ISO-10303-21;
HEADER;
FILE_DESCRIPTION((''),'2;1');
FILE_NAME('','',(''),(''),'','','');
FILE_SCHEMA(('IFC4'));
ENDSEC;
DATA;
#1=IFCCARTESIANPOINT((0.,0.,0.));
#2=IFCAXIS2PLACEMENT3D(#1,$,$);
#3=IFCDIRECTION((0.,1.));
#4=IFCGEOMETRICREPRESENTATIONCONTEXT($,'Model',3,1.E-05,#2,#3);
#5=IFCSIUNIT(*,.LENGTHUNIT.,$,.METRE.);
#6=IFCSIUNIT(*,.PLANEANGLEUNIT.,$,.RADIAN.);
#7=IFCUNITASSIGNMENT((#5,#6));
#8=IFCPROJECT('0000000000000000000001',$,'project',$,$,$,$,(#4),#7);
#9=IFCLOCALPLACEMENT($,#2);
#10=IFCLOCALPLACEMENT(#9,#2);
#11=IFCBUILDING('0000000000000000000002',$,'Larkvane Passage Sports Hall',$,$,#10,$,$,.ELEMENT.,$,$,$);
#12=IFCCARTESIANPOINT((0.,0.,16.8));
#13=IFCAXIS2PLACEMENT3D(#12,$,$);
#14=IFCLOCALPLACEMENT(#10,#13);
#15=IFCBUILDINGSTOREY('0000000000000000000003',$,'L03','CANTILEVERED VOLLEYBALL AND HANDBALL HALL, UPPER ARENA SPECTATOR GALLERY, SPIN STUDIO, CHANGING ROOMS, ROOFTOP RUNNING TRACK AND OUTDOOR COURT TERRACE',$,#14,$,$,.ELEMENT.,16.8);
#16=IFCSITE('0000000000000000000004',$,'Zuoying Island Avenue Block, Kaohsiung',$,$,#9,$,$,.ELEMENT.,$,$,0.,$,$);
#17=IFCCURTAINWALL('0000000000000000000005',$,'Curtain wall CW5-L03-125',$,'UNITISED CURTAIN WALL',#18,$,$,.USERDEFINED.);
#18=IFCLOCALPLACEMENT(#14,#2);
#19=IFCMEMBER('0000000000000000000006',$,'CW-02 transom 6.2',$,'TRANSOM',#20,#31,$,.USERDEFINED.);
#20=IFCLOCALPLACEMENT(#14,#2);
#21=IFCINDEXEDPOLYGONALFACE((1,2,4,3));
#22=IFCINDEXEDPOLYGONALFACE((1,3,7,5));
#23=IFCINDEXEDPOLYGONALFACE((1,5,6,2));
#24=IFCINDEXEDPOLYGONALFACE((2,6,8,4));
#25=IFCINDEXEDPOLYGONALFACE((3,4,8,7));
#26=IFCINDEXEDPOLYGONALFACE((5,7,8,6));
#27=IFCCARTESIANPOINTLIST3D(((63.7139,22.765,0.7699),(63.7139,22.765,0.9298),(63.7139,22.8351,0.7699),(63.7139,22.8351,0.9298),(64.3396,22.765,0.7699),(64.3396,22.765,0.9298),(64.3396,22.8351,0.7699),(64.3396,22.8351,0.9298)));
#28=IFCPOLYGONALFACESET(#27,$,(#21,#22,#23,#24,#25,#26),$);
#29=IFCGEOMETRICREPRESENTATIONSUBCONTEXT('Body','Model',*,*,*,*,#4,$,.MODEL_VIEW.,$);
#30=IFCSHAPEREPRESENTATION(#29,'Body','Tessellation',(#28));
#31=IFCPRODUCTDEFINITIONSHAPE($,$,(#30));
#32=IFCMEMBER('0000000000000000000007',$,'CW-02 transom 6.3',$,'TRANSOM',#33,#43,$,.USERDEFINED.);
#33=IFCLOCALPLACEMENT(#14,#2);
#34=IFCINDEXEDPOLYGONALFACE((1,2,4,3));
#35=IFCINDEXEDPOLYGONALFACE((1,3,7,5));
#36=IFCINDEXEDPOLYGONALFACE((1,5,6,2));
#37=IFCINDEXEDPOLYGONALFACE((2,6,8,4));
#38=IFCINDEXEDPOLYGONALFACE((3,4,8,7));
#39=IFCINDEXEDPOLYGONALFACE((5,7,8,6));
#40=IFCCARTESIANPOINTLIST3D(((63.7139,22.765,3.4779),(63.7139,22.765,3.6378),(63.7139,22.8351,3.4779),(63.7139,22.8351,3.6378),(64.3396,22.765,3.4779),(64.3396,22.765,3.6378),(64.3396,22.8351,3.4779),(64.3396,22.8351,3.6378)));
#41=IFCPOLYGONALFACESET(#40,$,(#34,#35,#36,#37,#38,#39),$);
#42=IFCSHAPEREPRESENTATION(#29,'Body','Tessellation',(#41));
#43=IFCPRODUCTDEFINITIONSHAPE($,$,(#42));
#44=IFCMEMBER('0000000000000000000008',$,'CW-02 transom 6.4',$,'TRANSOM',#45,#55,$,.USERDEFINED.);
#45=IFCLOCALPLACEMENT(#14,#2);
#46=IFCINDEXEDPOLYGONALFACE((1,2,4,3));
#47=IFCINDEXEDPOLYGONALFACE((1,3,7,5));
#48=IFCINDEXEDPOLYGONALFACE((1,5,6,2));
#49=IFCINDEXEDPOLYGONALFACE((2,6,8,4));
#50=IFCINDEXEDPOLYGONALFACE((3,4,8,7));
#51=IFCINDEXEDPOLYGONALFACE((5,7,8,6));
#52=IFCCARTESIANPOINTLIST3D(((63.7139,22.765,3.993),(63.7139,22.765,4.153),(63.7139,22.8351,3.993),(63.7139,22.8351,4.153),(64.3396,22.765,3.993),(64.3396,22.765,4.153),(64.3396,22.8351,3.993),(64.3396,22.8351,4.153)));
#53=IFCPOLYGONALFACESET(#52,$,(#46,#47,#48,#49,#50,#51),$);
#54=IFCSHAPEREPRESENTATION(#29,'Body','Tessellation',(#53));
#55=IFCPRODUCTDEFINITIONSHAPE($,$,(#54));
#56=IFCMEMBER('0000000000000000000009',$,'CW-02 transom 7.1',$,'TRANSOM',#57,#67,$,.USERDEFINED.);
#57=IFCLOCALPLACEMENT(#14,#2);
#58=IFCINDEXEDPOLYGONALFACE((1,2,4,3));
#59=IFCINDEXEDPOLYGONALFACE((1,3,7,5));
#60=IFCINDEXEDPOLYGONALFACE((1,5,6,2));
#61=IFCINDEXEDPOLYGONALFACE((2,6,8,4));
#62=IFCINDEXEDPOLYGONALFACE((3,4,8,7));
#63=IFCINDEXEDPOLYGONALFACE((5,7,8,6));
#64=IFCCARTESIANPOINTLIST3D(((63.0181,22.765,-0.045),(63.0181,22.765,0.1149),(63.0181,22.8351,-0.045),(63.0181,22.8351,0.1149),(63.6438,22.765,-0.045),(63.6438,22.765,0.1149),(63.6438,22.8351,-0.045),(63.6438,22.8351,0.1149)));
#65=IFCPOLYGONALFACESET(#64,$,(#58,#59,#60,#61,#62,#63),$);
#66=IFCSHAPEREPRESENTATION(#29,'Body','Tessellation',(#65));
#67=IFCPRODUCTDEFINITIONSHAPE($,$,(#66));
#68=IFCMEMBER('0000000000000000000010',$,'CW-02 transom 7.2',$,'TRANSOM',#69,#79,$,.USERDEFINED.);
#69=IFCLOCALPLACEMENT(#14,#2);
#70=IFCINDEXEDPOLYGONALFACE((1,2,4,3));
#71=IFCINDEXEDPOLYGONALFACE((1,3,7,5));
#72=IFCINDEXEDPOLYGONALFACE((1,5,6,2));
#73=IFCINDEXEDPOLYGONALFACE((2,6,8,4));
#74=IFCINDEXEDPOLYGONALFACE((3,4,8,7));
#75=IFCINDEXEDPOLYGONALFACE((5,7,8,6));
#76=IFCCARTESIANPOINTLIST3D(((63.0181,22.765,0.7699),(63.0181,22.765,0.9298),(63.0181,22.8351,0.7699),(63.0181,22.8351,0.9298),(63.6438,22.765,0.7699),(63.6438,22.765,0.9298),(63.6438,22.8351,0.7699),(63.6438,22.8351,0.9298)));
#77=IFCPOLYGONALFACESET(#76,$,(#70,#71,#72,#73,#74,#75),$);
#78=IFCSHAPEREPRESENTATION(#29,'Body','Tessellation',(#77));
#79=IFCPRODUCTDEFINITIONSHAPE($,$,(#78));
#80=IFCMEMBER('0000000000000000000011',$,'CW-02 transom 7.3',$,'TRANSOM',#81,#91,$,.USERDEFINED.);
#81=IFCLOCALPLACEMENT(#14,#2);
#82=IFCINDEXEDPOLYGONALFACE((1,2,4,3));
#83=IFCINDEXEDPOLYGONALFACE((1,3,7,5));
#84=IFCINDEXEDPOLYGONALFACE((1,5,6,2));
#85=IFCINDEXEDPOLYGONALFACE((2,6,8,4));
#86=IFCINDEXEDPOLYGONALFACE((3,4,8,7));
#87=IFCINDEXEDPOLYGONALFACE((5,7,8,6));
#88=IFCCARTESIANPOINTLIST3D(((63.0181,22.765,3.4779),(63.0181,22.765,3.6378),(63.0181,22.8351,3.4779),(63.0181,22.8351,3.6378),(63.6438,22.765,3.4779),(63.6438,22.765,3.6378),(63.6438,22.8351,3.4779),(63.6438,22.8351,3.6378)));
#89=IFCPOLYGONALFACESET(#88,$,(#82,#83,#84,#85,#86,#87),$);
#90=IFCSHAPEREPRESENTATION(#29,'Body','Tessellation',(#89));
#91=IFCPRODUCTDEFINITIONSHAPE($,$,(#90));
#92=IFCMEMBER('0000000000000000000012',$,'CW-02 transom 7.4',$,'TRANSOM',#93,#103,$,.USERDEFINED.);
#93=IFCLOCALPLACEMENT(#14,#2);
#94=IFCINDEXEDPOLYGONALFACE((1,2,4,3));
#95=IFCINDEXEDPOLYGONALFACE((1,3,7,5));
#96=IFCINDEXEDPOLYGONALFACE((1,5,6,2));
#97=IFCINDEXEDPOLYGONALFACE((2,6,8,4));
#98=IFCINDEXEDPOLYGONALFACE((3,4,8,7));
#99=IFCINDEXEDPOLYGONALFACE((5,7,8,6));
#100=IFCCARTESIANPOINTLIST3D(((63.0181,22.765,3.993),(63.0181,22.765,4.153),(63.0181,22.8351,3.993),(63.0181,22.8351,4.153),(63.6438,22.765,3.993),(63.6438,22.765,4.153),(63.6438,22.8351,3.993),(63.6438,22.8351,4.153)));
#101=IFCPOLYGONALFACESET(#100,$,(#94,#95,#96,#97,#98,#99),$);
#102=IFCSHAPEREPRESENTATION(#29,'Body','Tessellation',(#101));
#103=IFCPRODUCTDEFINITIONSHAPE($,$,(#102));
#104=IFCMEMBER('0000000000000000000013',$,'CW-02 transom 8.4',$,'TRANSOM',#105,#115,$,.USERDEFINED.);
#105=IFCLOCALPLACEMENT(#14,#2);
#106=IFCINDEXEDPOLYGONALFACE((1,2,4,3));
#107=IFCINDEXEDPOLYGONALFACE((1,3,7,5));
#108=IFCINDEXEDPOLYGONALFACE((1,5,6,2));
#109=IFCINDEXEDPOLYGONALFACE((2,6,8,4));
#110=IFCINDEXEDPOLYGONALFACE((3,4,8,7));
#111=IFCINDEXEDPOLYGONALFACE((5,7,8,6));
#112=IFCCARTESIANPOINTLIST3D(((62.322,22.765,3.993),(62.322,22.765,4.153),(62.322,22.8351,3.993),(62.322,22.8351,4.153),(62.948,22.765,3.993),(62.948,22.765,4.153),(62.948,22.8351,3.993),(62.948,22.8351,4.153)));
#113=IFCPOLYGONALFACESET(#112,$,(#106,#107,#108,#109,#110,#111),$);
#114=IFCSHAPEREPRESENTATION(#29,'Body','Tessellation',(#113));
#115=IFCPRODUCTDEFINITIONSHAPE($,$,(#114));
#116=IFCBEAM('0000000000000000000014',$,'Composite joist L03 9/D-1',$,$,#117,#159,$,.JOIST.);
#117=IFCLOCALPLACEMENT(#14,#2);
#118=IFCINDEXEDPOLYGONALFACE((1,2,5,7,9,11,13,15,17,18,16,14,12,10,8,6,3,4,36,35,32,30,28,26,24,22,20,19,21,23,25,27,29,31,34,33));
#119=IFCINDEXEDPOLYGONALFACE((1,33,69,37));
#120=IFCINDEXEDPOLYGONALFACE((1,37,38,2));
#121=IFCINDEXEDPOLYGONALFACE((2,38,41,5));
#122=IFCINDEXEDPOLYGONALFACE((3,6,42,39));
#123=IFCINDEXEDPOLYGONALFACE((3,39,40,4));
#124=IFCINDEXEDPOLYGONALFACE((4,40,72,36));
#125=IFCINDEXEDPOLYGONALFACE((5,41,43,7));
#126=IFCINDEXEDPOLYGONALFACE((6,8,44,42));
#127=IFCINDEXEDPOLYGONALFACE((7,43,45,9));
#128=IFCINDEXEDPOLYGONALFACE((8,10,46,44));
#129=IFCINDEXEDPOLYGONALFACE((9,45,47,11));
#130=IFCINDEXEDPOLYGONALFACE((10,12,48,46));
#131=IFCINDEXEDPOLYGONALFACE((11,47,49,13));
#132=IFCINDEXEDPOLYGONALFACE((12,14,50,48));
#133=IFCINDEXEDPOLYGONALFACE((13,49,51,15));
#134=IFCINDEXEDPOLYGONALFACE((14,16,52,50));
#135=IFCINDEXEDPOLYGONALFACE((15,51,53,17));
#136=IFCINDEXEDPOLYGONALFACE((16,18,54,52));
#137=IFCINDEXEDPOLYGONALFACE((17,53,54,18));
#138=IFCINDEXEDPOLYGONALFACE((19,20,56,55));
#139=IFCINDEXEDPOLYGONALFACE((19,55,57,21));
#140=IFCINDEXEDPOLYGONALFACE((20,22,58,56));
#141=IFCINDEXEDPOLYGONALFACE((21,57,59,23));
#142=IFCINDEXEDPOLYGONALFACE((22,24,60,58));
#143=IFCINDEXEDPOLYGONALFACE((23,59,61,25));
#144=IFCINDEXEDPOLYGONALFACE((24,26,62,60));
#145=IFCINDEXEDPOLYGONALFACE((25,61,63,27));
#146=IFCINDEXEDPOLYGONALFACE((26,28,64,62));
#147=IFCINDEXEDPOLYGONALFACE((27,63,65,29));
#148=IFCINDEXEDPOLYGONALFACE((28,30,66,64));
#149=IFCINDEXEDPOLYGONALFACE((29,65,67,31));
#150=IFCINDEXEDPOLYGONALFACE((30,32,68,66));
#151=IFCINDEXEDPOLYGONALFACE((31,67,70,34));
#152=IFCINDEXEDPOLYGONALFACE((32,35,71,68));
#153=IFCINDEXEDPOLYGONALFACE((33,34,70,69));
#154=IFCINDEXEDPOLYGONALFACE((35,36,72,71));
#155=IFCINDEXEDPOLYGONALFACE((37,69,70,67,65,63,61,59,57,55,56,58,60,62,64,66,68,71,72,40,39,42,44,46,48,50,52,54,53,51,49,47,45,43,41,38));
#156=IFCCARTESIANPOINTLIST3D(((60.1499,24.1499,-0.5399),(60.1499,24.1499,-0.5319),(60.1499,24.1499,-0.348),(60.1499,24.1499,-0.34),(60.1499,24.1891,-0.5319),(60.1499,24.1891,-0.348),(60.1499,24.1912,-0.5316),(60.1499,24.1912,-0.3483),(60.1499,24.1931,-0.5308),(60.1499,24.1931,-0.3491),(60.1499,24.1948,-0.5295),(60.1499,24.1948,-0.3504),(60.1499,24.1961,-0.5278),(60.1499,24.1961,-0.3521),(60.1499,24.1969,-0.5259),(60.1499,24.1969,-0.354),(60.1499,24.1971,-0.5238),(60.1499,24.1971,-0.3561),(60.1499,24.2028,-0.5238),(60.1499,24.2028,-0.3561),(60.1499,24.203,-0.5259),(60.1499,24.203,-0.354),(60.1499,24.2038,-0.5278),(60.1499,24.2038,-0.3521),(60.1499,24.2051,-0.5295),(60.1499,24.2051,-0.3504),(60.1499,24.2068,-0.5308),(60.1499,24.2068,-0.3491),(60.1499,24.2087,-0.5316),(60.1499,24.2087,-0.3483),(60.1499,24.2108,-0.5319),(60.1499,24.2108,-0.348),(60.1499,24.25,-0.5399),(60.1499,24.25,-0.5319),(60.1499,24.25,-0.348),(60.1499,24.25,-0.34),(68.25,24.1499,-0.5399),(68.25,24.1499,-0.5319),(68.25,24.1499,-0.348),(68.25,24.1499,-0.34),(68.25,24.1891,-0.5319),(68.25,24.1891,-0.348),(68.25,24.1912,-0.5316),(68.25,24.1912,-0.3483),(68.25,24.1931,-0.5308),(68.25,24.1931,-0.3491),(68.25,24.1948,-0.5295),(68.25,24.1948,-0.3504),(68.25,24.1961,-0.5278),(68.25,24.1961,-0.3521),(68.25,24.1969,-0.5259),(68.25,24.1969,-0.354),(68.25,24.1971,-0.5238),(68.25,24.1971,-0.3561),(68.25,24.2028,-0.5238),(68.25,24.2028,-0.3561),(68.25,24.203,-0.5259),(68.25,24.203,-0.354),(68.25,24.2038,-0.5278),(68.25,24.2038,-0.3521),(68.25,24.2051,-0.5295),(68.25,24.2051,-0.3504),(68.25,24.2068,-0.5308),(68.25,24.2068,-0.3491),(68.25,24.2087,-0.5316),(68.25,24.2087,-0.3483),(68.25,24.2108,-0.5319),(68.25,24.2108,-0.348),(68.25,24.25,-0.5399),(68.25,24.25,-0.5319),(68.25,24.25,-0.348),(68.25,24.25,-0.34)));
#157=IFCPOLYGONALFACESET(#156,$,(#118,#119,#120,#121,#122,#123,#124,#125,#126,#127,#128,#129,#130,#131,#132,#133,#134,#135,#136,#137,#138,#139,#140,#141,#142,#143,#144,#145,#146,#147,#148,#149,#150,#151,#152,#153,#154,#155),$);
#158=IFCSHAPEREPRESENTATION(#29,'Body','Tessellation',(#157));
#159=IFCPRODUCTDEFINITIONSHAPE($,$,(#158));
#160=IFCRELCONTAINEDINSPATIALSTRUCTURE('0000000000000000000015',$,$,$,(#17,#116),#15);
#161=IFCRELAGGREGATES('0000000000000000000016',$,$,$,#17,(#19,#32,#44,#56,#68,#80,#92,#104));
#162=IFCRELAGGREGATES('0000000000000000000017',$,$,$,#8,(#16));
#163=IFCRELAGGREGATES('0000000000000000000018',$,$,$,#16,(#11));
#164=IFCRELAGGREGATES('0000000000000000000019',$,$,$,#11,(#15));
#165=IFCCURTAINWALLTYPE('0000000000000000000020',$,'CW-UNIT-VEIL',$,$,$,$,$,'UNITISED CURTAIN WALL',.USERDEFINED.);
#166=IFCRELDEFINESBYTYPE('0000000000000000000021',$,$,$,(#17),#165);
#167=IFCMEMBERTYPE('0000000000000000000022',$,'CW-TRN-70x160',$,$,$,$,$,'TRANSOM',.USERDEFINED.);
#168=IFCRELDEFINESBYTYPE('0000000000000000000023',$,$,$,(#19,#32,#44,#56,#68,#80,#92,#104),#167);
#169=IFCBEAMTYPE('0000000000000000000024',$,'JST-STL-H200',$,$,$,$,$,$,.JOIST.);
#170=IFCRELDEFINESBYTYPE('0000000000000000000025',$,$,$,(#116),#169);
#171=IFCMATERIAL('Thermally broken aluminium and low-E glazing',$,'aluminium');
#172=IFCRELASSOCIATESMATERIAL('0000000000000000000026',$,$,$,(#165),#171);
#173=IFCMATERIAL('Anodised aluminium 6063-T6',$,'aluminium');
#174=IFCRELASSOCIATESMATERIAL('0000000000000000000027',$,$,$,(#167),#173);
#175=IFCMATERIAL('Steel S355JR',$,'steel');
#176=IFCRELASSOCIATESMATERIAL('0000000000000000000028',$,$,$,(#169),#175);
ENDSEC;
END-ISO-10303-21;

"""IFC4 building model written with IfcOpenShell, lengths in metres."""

from ifc_helpers import new_model, si_unit, direction, frame, origin, origin_2d, place, context, subcontext, project, spatial, rectangle, i_section, extrude, material, material_profile, profile_set, type_object, element, aggregate, save


model = new_model("IFC4")

# Units and contexts
model_context = context("Model", 3, precision=1e-05, world=origin(), true_north=direction((0.0, 1.0)))
body_context = subcontext(model_context, "Body", "Model", "MODEL_VIEW")
ifc_project = project(units=[si_unit("LENGTHUNIT", "METRE"), si_unit("PLANEANGLEUNIT", "RADIAN")], contexts=[model_context])

# Site, building, storey
site_placement = place(None, origin())
site = spatial("IfcSite", under=ifc_project, at=site_placement, Name="Zuoying Island Avenue Block, Kaohsiung", CompositionType="ELEMENT", RefElevation=0.0)
building_placement = place(site_placement, origin())
building = spatial("IfcBuilding", under=site, at=building_placement, Name="Larkvane Passage Sports Hall", CompositionType="ELEMENT")
storey_placement = place(building_placement, frame((0.0, 0.0, 16.8)))
storey = spatial("IfcBuildingStorey", under=building, at=storey_placement, Name="L03", Description="CANTILEVERED VOLLEYBALL AND HANDBALL HALL, UPPER ARENA SPECTATOR GALLERY, SPIN STUDIO, CHANGING ROOMS, ROOFTOP RUNNING TRACK AND OUTDOOR COURT TERRACE", CompositionType="ELEMENT", Elevation=16.8)

# Curtain wall, members
ifc_material_1 = material(Name="Thermally broken aluminium and low-E glazing", Category="aluminium")
curtain_wall_type = type_object("IfcCurtainWallType", Name="CW-UNIT-VEIL", ElementType="UNITISED CURTAIN WALL", PredefinedType="USERDEFINED", material=ifc_material_1)
curtain_wall_placement = place(storey_placement, origin())
curtain_wall = element("IfcCurtainWall", 1, at=curtain_wall_placement, inside=storey, type_object=curtain_wall_type, Name="Curtain wall CW5-L03-125", ObjectType="UNITISED CURTAIN WALL", PredefinedType="USERDEFINED")
ifc_material_2 = material(Name="Anodised aluminium 6063-T6", Category="aluminium")
ifc_material_profile_1 = material_profile(ifc_material_2, rectangle(XDim=0.0701, YDim=0.1599, at=origin_2d()), Name="ALU-TRN-70x160")
ifc_profile_set_1 = profile_set([ifc_material_profile_1], Name="Anodised aluminium 6063-T6")
member_type_1 = type_object("IfcMemberType", Name="CW-TRN-70x160", ElementType="TRANSOM", PredefinedType="USERDEFINED", material=ifc_profile_set_1)
member_1_placement = place(storey_placement, frame((64.3396, 22.8, 0.8499), z_axis=(-1.0, 0.0, 0.0), x_axis=(0.0, -1.0, 0.0)))
member_1 = element("IfcMember", 2, at=member_1_placement, type_object=member_type_1, Name="CW-02 transom 6.2", ObjectType="TRANSOM", PredefinedType="USERDEFINED", context=body_context, shape_type="SweptSolid", body=[
    extrude(rectangle(XDim=0.0701, YDim=0.1599, at=origin_2d()), origin(), (0.0, 0.0, 1.0), 0.6257),
])
member_2_placement = place(storey_placement, frame((64.3396, 22.8, 3.5579), z_axis=(-1.0, 0.0, 0.0), x_axis=(0.0, -1.0, 0.0)))
member_2 = element("IfcMember", 3, at=member_2_placement, type_object=member_type_1, Name="CW-02 transom 6.3", ObjectType="TRANSOM", PredefinedType="USERDEFINED", context=body_context, shape_type="SweptSolid", body=[
    extrude(rectangle(XDim=0.0701, YDim=0.1599, at=origin_2d()), origin(), (0.0, 0.0, 1.0), 0.6257),
])
member_3_placement = place(storey_placement, frame((64.3396, 22.8, 4.073), z_axis=(-1.0, 0.0, 0.0), x_axis=(0.0, -1.0, 0.0)))
member_3 = element("IfcMember", 4, at=member_3_placement, type_object=member_type_1, Name="CW-02 transom 6.4", ObjectType="TRANSOM", PredefinedType="USERDEFINED", context=body_context, shape_type="SweptSolid", body=[
    extrude(rectangle(XDim=0.0701, YDim=0.1599, at=origin_2d()), origin(), (0.0, 0.0, 1.0), 0.6257),
])
member_4_placement = place(storey_placement, frame((63.6438, 22.8, 0.0349), z_axis=(-1.0, 0.0, 0.0), x_axis=(0.0, -1.0, 0.0)))
member_4 = element("IfcMember", 5, at=member_4_placement, type_object=member_type_1, Name="CW-02 transom 7.1", ObjectType="TRANSOM", PredefinedType="USERDEFINED", context=body_context, shape_type="SweptSolid", body=[
    extrude(rectangle(XDim=0.0701, YDim=0.1599, at=origin_2d()), origin(), (0.0, 0.0, 1.0), 0.6257),
])
member_5_placement = place(storey_placement, frame((63.6438, 22.8, 0.8499), z_axis=(-1.0, 0.0, 0.0), x_axis=(0.0, -1.0, 0.0)))
member_5 = element("IfcMember", 6, at=member_5_placement, type_object=member_type_1, Name="CW-02 transom 7.2", ObjectType="TRANSOM", PredefinedType="USERDEFINED", context=body_context, shape_type="SweptSolid", body=[
    extrude(rectangle(XDim=0.0701, YDim=0.1599, at=origin_2d()), origin(), (0.0, 0.0, 1.0), 0.6257),
])
member_6_placement = place(storey_placement, frame((63.6438, 22.8, 3.5579), z_axis=(-1.0, 0.0, 0.0), x_axis=(0.0, -1.0, 0.0)))
member_6 = element("IfcMember", 7, at=member_6_placement, type_object=member_type_1, Name="CW-02 transom 7.3", ObjectType="TRANSOM", PredefinedType="USERDEFINED", context=body_context, shape_type="SweptSolid", body=[
    extrude(rectangle(XDim=0.0701, YDim=0.1599, at=origin_2d()), origin(), (0.0, 0.0, 1.0), 0.6257),
])
member_7_placement = place(storey_placement, frame((63.6438, 22.8, 4.073), z_axis=(-1.0, 0.0, 0.0), x_axis=(0.0, -1.0, 0.0)))
member_7 = element("IfcMember", 8, at=member_7_placement, type_object=member_type_1, Name="CW-02 transom 7.4", ObjectType="TRANSOM", PredefinedType="USERDEFINED", context=body_context, shape_type="SweptSolid", body=[
    extrude(rectangle(XDim=0.0701, YDim=0.1599, at=origin_2d()), origin(), (0.0, 0.0, 1.0), 0.6257),
])
member_8_placement = place(storey_placement, frame((62.948, 22.8, 4.073), z_axis=(-1.0, 0.0, 0.0), x_axis=(0.0, -1.0, 0.0)))
member_8 = element("IfcMember", 9, at=member_8_placement, type_object=member_type_1, Name="CW-02 transom 8.4", ObjectType="TRANSOM", PredefinedType="USERDEFINED", context=body_context, shape_type="SweptSolid", body=[
    extrude(rectangle(XDim=0.0701, YDim=0.1599, at=origin_2d()), origin(), (0.0, 0.0, 1.0), 0.626),
])

# Beam
ifc_material_3 = material(Name="Steel S355JR", Category="steel")
ifc_material_profile_2 = material_profile(ifc_material_3, i_section(OverallWidth=0.1001, OverallDepth=0.2, WebThickness=0.0056, FlangeThickness=0.0081, FilletRadius=0.0081, at=origin_2d()), Name="H-200x100x5.5x8")
ifc_profile_set_2 = profile_set([ifc_material_profile_2], Name="Steel S355JR")
beam_type_1 = type_object("IfcBeamType", Name="JST-STL-H200", PredefinedType="JOIST", material=ifc_profile_set_2)
beam_1_placement = place(storey_placement, frame((60.1499, 24.2, -0.4399), z_axis=(1.0, 0.0, 0.0), x_axis=(0.0, 1.0, 0.0)))
element("IfcBeam", 10, at=beam_1_placement, inside=storey, type_object=beam_type_1, Name="Composite joist L03 9/D-1", PredefinedType="JOIST", context=body_context, shape_type="SweptSolid", body=[
    extrude(i_section(OverallWidth=0.1001, OverallDepth=0.2, WebThickness=0.0056, FlangeThickness=0.0081, FilletRadius=0.0081, at=origin_2d()), origin(), (0.0, 0.0, 1.0), 8.1001),
])

aggregate(curtain_wall, [member_1, member_2, member_3, member_4, member_5, member_6, member_7, member_8])

save(model, "model.ifc")
